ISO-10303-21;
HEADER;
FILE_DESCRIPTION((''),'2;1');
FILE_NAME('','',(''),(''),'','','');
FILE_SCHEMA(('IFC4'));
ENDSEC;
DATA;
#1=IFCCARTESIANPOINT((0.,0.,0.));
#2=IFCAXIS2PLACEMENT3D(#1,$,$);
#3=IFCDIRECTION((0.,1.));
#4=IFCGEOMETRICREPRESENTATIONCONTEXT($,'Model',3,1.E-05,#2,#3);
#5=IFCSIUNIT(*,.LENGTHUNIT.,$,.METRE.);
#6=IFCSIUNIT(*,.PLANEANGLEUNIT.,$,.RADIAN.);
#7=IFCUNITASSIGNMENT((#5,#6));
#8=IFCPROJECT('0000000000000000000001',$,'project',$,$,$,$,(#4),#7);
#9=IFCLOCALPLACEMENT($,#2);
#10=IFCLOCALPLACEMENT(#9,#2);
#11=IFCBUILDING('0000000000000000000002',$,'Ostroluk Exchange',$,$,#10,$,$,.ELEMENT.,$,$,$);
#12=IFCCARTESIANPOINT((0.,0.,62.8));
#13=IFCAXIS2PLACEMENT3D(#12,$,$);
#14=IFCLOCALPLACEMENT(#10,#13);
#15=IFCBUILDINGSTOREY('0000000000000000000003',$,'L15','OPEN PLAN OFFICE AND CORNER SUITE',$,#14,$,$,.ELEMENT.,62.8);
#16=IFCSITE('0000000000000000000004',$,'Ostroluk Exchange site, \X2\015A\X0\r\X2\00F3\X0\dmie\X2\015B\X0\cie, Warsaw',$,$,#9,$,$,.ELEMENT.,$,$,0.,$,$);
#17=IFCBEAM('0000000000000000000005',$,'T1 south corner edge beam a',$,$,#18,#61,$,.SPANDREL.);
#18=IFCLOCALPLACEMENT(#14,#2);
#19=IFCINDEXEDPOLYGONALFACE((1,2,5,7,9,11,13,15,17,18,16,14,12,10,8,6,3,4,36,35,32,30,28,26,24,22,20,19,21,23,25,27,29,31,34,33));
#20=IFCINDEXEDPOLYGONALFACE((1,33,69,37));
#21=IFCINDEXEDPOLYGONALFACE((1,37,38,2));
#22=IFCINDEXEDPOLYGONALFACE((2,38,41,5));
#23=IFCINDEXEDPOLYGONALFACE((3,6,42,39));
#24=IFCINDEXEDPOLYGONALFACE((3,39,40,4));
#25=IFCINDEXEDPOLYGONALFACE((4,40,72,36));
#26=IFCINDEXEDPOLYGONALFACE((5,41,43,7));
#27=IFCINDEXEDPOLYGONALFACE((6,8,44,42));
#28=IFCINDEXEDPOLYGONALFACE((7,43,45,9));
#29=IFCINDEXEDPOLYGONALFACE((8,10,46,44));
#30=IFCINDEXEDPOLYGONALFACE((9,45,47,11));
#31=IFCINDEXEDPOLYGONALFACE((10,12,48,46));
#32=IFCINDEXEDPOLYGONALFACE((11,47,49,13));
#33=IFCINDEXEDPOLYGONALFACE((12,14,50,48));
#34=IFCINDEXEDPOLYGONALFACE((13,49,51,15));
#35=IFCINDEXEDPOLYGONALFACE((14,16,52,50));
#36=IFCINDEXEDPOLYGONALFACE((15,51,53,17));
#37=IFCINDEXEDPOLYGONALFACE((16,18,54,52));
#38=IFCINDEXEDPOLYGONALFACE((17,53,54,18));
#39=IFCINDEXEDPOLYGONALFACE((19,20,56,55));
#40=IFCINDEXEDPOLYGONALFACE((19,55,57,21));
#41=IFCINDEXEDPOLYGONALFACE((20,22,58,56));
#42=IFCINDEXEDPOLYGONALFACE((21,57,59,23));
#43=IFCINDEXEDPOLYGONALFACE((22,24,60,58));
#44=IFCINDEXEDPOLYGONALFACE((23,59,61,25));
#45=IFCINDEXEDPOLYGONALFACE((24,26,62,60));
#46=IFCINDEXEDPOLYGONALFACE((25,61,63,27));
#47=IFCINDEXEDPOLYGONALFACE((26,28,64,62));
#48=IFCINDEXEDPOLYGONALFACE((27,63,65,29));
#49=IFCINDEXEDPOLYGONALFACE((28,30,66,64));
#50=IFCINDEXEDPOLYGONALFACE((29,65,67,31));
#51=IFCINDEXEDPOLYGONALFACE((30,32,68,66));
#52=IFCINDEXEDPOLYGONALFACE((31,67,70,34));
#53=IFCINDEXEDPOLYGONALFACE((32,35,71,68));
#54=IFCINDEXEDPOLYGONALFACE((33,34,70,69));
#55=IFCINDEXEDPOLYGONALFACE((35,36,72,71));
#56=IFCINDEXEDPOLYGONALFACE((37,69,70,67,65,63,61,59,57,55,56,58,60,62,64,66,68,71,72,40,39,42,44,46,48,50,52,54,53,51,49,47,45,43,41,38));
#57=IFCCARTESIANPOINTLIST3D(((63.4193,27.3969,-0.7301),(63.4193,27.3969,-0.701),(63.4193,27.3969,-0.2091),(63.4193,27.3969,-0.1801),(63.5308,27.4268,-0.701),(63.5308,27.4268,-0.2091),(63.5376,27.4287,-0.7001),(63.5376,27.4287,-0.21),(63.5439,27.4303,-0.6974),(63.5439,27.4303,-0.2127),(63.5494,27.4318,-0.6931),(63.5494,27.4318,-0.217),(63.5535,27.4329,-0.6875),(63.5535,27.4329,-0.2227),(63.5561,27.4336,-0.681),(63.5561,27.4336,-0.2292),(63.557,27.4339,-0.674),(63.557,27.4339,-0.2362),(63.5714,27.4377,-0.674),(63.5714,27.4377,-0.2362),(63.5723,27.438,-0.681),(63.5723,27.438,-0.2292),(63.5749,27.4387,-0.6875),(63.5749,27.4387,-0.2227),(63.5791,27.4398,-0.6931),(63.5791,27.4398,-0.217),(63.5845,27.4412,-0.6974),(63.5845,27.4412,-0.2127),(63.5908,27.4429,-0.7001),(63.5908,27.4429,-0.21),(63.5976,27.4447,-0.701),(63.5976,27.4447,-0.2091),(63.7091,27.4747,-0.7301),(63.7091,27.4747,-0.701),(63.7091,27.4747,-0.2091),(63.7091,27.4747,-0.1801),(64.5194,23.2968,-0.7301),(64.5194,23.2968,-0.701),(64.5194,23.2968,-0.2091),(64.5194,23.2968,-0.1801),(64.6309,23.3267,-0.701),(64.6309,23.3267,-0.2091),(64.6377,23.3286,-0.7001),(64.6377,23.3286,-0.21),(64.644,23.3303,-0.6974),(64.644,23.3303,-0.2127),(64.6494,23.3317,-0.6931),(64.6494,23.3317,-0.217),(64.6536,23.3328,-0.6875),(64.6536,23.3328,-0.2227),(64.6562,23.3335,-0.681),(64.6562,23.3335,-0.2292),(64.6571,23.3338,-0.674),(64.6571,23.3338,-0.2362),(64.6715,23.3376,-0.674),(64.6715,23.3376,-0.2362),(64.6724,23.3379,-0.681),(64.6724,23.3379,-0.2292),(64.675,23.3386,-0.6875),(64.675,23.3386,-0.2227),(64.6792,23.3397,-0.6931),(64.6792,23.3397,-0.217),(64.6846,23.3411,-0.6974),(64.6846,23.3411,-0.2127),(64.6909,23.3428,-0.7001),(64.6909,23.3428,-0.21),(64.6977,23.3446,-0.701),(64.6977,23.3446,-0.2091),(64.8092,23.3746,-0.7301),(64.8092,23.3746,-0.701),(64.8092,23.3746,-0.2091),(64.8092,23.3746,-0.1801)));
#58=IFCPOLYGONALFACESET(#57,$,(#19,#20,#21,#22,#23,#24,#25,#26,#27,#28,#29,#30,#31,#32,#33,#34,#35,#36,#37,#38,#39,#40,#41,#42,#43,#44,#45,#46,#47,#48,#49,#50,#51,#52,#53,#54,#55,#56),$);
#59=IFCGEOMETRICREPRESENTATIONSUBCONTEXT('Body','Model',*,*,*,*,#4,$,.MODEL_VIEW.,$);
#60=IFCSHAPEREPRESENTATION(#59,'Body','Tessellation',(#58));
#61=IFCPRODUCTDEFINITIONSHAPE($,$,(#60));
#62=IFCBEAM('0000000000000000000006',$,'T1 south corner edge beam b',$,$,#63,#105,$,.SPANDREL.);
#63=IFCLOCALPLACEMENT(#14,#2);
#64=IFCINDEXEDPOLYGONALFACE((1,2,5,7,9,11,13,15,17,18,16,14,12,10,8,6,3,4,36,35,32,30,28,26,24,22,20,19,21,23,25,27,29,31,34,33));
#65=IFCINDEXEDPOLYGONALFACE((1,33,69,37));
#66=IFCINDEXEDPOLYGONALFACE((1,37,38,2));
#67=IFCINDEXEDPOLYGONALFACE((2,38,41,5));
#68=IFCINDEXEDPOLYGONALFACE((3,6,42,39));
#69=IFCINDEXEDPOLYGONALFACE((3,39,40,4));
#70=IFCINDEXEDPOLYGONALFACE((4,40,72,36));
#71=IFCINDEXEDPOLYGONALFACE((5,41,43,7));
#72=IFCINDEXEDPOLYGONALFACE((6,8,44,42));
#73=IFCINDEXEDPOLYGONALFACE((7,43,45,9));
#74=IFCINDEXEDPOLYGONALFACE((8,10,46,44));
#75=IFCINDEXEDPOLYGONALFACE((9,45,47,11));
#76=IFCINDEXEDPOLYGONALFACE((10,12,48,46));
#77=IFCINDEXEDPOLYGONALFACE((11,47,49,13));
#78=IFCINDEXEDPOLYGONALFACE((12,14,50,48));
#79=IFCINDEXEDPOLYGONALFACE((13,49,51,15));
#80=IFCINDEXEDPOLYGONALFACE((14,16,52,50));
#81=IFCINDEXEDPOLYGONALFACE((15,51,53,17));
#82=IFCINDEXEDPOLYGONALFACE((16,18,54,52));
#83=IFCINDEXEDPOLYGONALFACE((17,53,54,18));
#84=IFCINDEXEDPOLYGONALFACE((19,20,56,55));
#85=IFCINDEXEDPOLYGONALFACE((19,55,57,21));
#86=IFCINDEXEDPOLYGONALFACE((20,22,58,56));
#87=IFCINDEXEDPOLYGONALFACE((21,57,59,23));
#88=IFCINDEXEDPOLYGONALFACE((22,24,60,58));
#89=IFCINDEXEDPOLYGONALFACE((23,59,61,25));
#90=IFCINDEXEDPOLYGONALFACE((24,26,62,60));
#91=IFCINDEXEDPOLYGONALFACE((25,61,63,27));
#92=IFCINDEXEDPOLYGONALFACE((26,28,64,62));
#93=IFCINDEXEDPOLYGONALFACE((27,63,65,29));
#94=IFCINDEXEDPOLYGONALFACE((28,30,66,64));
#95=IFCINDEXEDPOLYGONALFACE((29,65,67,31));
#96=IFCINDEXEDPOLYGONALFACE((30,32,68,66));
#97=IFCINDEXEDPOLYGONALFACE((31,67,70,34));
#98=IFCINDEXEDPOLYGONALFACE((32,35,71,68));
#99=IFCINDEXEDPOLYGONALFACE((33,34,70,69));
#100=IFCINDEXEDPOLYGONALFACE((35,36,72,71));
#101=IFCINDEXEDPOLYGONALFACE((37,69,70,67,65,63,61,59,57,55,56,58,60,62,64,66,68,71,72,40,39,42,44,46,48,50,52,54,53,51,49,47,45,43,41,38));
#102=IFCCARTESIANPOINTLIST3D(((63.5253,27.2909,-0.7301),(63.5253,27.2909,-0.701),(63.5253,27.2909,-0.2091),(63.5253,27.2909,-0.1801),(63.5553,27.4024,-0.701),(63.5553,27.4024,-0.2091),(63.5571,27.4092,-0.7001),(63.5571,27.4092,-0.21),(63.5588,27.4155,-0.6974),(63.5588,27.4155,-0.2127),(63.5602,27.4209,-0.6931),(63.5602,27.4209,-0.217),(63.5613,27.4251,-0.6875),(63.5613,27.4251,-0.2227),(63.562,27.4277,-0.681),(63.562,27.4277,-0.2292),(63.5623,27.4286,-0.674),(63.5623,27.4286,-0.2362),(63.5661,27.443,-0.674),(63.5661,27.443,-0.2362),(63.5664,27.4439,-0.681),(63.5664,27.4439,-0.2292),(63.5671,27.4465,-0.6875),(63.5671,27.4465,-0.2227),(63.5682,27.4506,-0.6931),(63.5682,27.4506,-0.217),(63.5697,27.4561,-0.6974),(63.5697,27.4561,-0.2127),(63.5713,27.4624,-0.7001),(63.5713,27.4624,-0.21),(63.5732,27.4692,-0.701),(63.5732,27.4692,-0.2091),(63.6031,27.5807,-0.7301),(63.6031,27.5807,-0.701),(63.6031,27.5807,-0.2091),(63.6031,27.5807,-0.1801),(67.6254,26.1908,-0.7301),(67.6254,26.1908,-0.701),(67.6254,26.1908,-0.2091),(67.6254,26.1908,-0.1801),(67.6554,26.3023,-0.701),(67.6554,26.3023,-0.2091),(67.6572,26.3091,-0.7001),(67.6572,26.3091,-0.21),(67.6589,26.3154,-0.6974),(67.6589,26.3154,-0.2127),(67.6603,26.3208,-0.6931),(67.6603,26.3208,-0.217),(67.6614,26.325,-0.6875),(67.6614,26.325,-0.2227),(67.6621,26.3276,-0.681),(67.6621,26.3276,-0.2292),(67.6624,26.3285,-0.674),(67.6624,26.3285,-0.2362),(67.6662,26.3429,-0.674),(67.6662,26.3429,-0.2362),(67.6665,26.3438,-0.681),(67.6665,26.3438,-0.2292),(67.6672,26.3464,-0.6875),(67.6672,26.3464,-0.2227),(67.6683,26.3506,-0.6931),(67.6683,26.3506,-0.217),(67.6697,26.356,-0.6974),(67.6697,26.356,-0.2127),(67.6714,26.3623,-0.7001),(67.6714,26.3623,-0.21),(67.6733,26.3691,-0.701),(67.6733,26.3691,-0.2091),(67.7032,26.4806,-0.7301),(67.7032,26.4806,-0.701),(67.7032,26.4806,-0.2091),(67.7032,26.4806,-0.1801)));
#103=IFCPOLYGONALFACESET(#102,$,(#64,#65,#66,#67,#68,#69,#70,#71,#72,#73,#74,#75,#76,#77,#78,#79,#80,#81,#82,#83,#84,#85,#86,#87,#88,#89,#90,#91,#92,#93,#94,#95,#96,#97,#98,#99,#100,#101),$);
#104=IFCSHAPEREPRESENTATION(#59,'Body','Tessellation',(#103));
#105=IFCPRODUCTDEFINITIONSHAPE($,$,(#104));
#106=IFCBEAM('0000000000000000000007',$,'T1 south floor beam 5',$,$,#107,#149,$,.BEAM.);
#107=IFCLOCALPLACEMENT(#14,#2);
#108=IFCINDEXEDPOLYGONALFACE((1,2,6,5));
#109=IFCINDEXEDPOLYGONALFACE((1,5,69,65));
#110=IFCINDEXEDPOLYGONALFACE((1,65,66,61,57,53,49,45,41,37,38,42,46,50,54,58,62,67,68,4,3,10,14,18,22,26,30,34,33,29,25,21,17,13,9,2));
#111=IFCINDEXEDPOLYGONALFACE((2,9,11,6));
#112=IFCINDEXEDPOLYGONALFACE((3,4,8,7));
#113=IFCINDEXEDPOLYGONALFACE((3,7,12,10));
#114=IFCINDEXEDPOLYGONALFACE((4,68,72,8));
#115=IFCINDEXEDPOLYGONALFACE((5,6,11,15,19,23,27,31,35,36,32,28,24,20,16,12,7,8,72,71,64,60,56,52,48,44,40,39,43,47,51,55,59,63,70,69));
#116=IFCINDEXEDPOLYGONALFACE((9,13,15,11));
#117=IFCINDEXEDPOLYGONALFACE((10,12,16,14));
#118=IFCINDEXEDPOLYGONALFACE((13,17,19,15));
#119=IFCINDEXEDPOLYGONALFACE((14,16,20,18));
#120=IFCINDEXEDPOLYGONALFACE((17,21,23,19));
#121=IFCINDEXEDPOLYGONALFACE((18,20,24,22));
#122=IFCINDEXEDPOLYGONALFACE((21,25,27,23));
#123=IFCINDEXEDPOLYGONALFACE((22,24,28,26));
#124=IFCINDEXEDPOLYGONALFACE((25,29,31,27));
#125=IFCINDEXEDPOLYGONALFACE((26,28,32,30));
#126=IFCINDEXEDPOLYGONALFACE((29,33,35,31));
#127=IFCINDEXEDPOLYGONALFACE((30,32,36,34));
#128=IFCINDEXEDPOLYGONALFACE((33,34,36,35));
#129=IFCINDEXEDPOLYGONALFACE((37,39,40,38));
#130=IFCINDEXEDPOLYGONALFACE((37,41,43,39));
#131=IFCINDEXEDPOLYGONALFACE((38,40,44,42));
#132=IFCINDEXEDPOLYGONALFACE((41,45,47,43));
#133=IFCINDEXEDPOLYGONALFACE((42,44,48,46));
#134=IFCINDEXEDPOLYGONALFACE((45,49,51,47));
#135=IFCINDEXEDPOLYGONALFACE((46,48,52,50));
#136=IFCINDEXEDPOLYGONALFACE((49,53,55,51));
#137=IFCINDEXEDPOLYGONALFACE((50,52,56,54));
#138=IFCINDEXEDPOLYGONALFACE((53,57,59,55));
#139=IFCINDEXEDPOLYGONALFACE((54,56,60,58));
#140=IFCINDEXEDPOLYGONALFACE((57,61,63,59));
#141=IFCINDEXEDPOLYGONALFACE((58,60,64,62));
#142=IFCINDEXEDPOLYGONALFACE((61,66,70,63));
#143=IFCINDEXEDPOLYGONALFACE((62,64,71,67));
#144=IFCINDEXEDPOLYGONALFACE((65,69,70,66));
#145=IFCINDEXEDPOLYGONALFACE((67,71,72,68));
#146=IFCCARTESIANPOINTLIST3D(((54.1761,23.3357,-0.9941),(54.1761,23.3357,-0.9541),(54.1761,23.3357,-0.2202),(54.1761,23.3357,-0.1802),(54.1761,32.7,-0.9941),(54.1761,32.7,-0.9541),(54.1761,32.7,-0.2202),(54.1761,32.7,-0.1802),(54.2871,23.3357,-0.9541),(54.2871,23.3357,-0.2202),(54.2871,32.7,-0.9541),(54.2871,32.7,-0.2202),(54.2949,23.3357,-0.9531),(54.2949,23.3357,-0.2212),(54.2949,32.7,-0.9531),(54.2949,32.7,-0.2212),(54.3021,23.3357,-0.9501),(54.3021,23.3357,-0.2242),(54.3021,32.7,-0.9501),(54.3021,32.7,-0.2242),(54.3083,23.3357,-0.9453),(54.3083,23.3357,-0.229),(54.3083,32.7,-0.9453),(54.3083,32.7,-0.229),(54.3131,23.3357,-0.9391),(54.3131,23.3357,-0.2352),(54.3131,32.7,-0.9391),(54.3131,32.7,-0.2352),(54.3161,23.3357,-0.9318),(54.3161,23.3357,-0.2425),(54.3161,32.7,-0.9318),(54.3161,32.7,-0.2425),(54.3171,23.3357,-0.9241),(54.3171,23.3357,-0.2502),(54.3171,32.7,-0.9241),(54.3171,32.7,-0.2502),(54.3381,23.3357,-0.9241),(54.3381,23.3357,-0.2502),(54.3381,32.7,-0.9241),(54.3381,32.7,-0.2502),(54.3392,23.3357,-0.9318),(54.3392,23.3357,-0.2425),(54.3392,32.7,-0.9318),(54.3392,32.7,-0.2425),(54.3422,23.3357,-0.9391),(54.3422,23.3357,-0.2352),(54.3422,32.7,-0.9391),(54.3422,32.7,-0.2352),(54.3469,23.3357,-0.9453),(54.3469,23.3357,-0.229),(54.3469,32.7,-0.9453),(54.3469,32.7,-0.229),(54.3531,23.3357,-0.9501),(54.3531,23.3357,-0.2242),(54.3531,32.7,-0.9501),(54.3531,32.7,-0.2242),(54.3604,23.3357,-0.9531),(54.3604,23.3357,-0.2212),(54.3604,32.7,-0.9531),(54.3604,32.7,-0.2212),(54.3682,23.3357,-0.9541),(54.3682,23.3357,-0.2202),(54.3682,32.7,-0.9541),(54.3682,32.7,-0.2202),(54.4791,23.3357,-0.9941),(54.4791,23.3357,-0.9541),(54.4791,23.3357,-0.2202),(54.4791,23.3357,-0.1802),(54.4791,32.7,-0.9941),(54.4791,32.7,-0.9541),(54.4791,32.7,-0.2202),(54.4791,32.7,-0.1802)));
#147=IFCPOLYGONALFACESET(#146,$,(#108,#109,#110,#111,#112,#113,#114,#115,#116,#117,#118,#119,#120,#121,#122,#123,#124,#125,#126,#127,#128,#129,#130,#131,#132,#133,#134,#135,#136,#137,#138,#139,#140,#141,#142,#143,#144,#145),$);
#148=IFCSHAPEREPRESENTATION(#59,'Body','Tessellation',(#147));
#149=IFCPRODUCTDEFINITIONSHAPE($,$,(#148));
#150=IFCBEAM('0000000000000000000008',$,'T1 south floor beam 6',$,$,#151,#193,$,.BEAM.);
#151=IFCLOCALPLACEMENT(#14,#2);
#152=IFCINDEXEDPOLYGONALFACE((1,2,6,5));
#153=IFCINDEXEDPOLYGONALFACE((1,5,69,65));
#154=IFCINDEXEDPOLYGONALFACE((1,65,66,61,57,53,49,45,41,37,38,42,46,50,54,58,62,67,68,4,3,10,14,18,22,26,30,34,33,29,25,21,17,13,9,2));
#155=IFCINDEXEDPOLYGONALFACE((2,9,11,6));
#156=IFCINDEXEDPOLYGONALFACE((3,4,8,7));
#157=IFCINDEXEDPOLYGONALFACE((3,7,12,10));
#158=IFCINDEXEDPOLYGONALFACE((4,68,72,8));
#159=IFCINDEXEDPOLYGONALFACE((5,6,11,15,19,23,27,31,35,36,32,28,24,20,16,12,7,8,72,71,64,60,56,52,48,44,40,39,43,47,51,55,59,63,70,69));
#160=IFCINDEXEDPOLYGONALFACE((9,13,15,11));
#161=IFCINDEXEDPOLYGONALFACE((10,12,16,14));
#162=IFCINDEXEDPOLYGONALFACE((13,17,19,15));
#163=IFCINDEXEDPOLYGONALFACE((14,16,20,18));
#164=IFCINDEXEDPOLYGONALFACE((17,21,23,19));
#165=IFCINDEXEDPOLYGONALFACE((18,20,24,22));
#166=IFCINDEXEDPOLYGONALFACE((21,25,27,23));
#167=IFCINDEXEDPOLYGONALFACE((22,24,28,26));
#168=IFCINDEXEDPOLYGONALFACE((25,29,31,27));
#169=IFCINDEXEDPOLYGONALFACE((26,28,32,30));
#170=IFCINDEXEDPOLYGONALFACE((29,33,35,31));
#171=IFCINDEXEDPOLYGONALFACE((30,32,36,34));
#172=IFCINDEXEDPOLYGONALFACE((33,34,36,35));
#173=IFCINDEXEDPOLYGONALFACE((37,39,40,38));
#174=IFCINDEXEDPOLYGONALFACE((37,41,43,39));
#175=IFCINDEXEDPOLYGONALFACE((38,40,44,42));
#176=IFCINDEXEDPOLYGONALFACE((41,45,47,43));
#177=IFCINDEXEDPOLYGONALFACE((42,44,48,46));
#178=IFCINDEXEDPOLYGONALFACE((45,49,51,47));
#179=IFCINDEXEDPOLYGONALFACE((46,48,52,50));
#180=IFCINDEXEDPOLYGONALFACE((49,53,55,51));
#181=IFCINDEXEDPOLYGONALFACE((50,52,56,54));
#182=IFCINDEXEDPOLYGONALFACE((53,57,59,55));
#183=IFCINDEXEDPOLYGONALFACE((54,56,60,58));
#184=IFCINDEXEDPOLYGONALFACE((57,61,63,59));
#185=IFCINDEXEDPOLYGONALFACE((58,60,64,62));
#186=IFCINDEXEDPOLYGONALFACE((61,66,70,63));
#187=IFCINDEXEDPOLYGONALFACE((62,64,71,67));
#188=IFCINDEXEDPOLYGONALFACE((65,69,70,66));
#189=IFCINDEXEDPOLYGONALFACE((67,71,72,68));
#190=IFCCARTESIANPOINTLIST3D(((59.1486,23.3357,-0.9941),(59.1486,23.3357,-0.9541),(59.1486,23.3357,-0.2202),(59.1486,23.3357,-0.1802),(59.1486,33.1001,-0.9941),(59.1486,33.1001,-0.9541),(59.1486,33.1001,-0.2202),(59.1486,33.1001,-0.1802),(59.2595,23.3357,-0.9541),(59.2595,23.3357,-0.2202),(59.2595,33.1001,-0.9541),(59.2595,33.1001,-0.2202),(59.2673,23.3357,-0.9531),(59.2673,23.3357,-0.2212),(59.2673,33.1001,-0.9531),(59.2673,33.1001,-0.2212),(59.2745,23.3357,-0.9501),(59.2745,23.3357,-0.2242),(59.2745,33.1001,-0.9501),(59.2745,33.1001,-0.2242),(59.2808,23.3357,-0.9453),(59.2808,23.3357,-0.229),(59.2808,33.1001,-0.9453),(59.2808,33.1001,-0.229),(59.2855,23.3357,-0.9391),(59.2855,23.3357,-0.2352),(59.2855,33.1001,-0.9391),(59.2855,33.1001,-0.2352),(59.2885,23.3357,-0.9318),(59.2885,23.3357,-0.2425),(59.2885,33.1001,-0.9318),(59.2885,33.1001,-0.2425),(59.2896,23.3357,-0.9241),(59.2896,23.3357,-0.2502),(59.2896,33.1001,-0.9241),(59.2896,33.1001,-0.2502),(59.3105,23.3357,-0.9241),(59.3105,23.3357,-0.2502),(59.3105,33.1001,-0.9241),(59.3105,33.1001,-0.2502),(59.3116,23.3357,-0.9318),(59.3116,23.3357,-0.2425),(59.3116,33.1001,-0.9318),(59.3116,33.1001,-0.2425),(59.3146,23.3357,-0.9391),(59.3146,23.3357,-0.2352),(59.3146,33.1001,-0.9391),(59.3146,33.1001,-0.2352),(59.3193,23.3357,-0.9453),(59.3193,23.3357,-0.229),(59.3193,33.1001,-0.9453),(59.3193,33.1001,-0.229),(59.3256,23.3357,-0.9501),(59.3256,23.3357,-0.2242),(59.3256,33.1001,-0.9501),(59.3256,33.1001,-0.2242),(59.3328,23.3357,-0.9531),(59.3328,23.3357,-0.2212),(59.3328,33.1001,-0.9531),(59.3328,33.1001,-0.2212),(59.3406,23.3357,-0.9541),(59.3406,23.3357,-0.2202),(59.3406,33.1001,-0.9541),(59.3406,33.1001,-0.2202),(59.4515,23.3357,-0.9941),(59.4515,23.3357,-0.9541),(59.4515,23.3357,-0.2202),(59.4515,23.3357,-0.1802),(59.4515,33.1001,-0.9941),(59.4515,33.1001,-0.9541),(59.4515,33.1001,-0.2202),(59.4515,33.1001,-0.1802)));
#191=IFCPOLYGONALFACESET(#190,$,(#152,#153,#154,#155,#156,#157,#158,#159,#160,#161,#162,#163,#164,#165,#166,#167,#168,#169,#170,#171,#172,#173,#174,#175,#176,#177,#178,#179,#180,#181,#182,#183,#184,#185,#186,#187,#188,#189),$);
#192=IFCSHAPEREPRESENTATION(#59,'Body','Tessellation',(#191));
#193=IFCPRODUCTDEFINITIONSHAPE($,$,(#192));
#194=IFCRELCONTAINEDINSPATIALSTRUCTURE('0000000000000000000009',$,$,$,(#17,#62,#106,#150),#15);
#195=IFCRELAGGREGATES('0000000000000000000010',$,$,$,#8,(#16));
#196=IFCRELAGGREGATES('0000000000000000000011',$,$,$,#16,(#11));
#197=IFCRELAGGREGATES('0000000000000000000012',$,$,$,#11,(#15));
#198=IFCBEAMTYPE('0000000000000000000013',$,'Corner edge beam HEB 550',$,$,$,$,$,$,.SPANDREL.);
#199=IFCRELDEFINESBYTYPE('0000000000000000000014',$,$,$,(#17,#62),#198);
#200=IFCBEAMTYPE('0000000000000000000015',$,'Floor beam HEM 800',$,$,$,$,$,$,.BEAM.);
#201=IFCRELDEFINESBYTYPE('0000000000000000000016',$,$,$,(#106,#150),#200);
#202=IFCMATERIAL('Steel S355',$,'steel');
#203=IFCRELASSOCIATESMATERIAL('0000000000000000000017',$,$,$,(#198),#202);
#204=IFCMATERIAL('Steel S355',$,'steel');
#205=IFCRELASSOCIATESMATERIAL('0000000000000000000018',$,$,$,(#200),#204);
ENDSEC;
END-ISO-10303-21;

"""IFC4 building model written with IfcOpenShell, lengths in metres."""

from ifc_helpers import new_model, si_unit, direction, frame, origin, origin_2d, place, context, subcontext, project, spatial, i_section, extrude, material, material_profile, profile_set, type_object, element, save


model = new_model("IFC4")

# Units and contexts
model_context = context("Model", 3, precision=1e-05, world=origin(), true_north=direction((0.0, 1.0)))
body_context = subcontext(model_context, "Body", "Model", "MODEL_VIEW")
ifc_project = project(units=[si_unit("LENGTHUNIT", "METRE"), si_unit("PLANEANGLEUNIT", "RADIAN")], contexts=[model_context])

# Site, building, storey
site_placement = place(None, origin())
site = spatial("IfcSite", under=ifc_project, at=site_placement, Name="Ostroluk Exchange site, Śródmieście, Warsaw", CompositionType="ELEMENT", RefElevation=0.0)
building_placement = place(site_placement, origin())
building = spatial("IfcBuilding", under=site, at=building_placement, Name="Ostroluk Exchange", CompositionType="ELEMENT")
storey_placement = place(building_placement, frame((0.0, 0.0, 62.8)))
storey = spatial("IfcBuildingStorey", under=building, at=storey_placement, Name="L15", Description="OPEN PLAN OFFICE AND CORNER SUITE", CompositionType="ELEMENT", Elevation=62.8)

# Beams
ifc_material_1 = material(Name="Steel S355", Category="steel")
ifc_material_profile_1 = material_profile(ifc_material_1, i_section(OverallWidth=0.3, OverallDepth=0.55, WebThickness=0.0149, FlangeThickness=0.0291, FilletRadius=0.0271, at=origin_2d()), Name="HEB 550")
ifc_profile_set_1 = profile_set([ifc_material_profile_1], Name="Steel S355")
beam_type_1 = type_object("IfcBeamType", Name="Corner edge beam HEB 550", PredefinedType="SPANDREL", material=ifc_profile_set_1)
for number, where, z_axis, x_axis, name in (
    (1, (63.5642, 27.4358, -0.4551), (0.259144, -0.965839, 0.0), (0.965839, 0.259144, 0.0), "T1 south corner edge beam a"),
    (2, (63.5642, 27.4358, -0.4551), (0.965839, -0.259144, 0.0), (0.259144, 0.965839, 0.0), "T1 south corner edge beam b"),
):
    element("IfcBeam", number, at=place(storey_placement, frame(where, z_axis=z_axis, x_axis=x_axis)), inside=storey, type_object=beam_type_1, Name=name, PredefinedType="SPANDREL", context=body_context, shape_type="SweptSolid", body=[
        extrude(i_section(OverallWidth=0.3, OverallDepth=0.55, WebThickness=0.0149, FlangeThickness=0.0291, FilletRadius=0.0271, at=origin_2d()), origin(), (0.0, 0.0, 1.0), 4.2451),
    ])
ifc_material_2 = material(Name="Steel S355", Category="steel")
ifc_material_profile_2 = material_profile(ifc_material_2, i_section(OverallWidth=0.303, OverallDepth=0.814, WebThickness=0.021, FlangeThickness=0.04, FilletRadius=0.03, at=origin_2d()), Name="HEM 800")
ifc_profile_set_2 = profile_set([ifc_material_profile_2], Name="Steel S355")
beam_type_2 = type_object("IfcBeamType", Name="Floor beam HEM 800", PredefinedType="BEAM", material=ifc_profile_set_2)
beam_1_placement = place(storey_placement, frame((54.3276, 32.7, -0.5872), z_axis=(0.0, -1.0, 0.0), x_axis=(1.0, 0.0, 0.0)))
element("IfcBeam", 3, at=beam_1_placement, inside=storey, type_object=beam_type_2, Name="T1 south floor beam 5", PredefinedType="BEAM", context=body_context, shape_type="SweptSolid", body=[
    extrude(i_section(OverallWidth=0.303, OverallDepth=0.814, WebThickness=0.021, FlangeThickness=0.04, FilletRadius=0.03, at=origin_2d()), origin(), (0.0, 0.0, 1.0), 9.3643),
])
beam_2_placement = place(storey_placement, frame((59.3, 33.1001, -0.5872), z_axis=(0.0, -1.0, 0.0), x_axis=(1.0, 0.0, 0.0)))
element("IfcBeam", 4, at=beam_2_placement, inside=storey, type_object=beam_type_2, Name="T1 south floor beam 6", PredefinedType="BEAM", context=body_context, shape_type="SweptSolid", body=[
    extrude(i_section(OverallWidth=0.303, OverallDepth=0.814, WebThickness=0.021, FlangeThickness=0.04, FilletRadius=0.03, at=origin_2d()), origin(), (0.0, 0.0, 1.0), 9.7644),
])

save(model, "model.ifc")
